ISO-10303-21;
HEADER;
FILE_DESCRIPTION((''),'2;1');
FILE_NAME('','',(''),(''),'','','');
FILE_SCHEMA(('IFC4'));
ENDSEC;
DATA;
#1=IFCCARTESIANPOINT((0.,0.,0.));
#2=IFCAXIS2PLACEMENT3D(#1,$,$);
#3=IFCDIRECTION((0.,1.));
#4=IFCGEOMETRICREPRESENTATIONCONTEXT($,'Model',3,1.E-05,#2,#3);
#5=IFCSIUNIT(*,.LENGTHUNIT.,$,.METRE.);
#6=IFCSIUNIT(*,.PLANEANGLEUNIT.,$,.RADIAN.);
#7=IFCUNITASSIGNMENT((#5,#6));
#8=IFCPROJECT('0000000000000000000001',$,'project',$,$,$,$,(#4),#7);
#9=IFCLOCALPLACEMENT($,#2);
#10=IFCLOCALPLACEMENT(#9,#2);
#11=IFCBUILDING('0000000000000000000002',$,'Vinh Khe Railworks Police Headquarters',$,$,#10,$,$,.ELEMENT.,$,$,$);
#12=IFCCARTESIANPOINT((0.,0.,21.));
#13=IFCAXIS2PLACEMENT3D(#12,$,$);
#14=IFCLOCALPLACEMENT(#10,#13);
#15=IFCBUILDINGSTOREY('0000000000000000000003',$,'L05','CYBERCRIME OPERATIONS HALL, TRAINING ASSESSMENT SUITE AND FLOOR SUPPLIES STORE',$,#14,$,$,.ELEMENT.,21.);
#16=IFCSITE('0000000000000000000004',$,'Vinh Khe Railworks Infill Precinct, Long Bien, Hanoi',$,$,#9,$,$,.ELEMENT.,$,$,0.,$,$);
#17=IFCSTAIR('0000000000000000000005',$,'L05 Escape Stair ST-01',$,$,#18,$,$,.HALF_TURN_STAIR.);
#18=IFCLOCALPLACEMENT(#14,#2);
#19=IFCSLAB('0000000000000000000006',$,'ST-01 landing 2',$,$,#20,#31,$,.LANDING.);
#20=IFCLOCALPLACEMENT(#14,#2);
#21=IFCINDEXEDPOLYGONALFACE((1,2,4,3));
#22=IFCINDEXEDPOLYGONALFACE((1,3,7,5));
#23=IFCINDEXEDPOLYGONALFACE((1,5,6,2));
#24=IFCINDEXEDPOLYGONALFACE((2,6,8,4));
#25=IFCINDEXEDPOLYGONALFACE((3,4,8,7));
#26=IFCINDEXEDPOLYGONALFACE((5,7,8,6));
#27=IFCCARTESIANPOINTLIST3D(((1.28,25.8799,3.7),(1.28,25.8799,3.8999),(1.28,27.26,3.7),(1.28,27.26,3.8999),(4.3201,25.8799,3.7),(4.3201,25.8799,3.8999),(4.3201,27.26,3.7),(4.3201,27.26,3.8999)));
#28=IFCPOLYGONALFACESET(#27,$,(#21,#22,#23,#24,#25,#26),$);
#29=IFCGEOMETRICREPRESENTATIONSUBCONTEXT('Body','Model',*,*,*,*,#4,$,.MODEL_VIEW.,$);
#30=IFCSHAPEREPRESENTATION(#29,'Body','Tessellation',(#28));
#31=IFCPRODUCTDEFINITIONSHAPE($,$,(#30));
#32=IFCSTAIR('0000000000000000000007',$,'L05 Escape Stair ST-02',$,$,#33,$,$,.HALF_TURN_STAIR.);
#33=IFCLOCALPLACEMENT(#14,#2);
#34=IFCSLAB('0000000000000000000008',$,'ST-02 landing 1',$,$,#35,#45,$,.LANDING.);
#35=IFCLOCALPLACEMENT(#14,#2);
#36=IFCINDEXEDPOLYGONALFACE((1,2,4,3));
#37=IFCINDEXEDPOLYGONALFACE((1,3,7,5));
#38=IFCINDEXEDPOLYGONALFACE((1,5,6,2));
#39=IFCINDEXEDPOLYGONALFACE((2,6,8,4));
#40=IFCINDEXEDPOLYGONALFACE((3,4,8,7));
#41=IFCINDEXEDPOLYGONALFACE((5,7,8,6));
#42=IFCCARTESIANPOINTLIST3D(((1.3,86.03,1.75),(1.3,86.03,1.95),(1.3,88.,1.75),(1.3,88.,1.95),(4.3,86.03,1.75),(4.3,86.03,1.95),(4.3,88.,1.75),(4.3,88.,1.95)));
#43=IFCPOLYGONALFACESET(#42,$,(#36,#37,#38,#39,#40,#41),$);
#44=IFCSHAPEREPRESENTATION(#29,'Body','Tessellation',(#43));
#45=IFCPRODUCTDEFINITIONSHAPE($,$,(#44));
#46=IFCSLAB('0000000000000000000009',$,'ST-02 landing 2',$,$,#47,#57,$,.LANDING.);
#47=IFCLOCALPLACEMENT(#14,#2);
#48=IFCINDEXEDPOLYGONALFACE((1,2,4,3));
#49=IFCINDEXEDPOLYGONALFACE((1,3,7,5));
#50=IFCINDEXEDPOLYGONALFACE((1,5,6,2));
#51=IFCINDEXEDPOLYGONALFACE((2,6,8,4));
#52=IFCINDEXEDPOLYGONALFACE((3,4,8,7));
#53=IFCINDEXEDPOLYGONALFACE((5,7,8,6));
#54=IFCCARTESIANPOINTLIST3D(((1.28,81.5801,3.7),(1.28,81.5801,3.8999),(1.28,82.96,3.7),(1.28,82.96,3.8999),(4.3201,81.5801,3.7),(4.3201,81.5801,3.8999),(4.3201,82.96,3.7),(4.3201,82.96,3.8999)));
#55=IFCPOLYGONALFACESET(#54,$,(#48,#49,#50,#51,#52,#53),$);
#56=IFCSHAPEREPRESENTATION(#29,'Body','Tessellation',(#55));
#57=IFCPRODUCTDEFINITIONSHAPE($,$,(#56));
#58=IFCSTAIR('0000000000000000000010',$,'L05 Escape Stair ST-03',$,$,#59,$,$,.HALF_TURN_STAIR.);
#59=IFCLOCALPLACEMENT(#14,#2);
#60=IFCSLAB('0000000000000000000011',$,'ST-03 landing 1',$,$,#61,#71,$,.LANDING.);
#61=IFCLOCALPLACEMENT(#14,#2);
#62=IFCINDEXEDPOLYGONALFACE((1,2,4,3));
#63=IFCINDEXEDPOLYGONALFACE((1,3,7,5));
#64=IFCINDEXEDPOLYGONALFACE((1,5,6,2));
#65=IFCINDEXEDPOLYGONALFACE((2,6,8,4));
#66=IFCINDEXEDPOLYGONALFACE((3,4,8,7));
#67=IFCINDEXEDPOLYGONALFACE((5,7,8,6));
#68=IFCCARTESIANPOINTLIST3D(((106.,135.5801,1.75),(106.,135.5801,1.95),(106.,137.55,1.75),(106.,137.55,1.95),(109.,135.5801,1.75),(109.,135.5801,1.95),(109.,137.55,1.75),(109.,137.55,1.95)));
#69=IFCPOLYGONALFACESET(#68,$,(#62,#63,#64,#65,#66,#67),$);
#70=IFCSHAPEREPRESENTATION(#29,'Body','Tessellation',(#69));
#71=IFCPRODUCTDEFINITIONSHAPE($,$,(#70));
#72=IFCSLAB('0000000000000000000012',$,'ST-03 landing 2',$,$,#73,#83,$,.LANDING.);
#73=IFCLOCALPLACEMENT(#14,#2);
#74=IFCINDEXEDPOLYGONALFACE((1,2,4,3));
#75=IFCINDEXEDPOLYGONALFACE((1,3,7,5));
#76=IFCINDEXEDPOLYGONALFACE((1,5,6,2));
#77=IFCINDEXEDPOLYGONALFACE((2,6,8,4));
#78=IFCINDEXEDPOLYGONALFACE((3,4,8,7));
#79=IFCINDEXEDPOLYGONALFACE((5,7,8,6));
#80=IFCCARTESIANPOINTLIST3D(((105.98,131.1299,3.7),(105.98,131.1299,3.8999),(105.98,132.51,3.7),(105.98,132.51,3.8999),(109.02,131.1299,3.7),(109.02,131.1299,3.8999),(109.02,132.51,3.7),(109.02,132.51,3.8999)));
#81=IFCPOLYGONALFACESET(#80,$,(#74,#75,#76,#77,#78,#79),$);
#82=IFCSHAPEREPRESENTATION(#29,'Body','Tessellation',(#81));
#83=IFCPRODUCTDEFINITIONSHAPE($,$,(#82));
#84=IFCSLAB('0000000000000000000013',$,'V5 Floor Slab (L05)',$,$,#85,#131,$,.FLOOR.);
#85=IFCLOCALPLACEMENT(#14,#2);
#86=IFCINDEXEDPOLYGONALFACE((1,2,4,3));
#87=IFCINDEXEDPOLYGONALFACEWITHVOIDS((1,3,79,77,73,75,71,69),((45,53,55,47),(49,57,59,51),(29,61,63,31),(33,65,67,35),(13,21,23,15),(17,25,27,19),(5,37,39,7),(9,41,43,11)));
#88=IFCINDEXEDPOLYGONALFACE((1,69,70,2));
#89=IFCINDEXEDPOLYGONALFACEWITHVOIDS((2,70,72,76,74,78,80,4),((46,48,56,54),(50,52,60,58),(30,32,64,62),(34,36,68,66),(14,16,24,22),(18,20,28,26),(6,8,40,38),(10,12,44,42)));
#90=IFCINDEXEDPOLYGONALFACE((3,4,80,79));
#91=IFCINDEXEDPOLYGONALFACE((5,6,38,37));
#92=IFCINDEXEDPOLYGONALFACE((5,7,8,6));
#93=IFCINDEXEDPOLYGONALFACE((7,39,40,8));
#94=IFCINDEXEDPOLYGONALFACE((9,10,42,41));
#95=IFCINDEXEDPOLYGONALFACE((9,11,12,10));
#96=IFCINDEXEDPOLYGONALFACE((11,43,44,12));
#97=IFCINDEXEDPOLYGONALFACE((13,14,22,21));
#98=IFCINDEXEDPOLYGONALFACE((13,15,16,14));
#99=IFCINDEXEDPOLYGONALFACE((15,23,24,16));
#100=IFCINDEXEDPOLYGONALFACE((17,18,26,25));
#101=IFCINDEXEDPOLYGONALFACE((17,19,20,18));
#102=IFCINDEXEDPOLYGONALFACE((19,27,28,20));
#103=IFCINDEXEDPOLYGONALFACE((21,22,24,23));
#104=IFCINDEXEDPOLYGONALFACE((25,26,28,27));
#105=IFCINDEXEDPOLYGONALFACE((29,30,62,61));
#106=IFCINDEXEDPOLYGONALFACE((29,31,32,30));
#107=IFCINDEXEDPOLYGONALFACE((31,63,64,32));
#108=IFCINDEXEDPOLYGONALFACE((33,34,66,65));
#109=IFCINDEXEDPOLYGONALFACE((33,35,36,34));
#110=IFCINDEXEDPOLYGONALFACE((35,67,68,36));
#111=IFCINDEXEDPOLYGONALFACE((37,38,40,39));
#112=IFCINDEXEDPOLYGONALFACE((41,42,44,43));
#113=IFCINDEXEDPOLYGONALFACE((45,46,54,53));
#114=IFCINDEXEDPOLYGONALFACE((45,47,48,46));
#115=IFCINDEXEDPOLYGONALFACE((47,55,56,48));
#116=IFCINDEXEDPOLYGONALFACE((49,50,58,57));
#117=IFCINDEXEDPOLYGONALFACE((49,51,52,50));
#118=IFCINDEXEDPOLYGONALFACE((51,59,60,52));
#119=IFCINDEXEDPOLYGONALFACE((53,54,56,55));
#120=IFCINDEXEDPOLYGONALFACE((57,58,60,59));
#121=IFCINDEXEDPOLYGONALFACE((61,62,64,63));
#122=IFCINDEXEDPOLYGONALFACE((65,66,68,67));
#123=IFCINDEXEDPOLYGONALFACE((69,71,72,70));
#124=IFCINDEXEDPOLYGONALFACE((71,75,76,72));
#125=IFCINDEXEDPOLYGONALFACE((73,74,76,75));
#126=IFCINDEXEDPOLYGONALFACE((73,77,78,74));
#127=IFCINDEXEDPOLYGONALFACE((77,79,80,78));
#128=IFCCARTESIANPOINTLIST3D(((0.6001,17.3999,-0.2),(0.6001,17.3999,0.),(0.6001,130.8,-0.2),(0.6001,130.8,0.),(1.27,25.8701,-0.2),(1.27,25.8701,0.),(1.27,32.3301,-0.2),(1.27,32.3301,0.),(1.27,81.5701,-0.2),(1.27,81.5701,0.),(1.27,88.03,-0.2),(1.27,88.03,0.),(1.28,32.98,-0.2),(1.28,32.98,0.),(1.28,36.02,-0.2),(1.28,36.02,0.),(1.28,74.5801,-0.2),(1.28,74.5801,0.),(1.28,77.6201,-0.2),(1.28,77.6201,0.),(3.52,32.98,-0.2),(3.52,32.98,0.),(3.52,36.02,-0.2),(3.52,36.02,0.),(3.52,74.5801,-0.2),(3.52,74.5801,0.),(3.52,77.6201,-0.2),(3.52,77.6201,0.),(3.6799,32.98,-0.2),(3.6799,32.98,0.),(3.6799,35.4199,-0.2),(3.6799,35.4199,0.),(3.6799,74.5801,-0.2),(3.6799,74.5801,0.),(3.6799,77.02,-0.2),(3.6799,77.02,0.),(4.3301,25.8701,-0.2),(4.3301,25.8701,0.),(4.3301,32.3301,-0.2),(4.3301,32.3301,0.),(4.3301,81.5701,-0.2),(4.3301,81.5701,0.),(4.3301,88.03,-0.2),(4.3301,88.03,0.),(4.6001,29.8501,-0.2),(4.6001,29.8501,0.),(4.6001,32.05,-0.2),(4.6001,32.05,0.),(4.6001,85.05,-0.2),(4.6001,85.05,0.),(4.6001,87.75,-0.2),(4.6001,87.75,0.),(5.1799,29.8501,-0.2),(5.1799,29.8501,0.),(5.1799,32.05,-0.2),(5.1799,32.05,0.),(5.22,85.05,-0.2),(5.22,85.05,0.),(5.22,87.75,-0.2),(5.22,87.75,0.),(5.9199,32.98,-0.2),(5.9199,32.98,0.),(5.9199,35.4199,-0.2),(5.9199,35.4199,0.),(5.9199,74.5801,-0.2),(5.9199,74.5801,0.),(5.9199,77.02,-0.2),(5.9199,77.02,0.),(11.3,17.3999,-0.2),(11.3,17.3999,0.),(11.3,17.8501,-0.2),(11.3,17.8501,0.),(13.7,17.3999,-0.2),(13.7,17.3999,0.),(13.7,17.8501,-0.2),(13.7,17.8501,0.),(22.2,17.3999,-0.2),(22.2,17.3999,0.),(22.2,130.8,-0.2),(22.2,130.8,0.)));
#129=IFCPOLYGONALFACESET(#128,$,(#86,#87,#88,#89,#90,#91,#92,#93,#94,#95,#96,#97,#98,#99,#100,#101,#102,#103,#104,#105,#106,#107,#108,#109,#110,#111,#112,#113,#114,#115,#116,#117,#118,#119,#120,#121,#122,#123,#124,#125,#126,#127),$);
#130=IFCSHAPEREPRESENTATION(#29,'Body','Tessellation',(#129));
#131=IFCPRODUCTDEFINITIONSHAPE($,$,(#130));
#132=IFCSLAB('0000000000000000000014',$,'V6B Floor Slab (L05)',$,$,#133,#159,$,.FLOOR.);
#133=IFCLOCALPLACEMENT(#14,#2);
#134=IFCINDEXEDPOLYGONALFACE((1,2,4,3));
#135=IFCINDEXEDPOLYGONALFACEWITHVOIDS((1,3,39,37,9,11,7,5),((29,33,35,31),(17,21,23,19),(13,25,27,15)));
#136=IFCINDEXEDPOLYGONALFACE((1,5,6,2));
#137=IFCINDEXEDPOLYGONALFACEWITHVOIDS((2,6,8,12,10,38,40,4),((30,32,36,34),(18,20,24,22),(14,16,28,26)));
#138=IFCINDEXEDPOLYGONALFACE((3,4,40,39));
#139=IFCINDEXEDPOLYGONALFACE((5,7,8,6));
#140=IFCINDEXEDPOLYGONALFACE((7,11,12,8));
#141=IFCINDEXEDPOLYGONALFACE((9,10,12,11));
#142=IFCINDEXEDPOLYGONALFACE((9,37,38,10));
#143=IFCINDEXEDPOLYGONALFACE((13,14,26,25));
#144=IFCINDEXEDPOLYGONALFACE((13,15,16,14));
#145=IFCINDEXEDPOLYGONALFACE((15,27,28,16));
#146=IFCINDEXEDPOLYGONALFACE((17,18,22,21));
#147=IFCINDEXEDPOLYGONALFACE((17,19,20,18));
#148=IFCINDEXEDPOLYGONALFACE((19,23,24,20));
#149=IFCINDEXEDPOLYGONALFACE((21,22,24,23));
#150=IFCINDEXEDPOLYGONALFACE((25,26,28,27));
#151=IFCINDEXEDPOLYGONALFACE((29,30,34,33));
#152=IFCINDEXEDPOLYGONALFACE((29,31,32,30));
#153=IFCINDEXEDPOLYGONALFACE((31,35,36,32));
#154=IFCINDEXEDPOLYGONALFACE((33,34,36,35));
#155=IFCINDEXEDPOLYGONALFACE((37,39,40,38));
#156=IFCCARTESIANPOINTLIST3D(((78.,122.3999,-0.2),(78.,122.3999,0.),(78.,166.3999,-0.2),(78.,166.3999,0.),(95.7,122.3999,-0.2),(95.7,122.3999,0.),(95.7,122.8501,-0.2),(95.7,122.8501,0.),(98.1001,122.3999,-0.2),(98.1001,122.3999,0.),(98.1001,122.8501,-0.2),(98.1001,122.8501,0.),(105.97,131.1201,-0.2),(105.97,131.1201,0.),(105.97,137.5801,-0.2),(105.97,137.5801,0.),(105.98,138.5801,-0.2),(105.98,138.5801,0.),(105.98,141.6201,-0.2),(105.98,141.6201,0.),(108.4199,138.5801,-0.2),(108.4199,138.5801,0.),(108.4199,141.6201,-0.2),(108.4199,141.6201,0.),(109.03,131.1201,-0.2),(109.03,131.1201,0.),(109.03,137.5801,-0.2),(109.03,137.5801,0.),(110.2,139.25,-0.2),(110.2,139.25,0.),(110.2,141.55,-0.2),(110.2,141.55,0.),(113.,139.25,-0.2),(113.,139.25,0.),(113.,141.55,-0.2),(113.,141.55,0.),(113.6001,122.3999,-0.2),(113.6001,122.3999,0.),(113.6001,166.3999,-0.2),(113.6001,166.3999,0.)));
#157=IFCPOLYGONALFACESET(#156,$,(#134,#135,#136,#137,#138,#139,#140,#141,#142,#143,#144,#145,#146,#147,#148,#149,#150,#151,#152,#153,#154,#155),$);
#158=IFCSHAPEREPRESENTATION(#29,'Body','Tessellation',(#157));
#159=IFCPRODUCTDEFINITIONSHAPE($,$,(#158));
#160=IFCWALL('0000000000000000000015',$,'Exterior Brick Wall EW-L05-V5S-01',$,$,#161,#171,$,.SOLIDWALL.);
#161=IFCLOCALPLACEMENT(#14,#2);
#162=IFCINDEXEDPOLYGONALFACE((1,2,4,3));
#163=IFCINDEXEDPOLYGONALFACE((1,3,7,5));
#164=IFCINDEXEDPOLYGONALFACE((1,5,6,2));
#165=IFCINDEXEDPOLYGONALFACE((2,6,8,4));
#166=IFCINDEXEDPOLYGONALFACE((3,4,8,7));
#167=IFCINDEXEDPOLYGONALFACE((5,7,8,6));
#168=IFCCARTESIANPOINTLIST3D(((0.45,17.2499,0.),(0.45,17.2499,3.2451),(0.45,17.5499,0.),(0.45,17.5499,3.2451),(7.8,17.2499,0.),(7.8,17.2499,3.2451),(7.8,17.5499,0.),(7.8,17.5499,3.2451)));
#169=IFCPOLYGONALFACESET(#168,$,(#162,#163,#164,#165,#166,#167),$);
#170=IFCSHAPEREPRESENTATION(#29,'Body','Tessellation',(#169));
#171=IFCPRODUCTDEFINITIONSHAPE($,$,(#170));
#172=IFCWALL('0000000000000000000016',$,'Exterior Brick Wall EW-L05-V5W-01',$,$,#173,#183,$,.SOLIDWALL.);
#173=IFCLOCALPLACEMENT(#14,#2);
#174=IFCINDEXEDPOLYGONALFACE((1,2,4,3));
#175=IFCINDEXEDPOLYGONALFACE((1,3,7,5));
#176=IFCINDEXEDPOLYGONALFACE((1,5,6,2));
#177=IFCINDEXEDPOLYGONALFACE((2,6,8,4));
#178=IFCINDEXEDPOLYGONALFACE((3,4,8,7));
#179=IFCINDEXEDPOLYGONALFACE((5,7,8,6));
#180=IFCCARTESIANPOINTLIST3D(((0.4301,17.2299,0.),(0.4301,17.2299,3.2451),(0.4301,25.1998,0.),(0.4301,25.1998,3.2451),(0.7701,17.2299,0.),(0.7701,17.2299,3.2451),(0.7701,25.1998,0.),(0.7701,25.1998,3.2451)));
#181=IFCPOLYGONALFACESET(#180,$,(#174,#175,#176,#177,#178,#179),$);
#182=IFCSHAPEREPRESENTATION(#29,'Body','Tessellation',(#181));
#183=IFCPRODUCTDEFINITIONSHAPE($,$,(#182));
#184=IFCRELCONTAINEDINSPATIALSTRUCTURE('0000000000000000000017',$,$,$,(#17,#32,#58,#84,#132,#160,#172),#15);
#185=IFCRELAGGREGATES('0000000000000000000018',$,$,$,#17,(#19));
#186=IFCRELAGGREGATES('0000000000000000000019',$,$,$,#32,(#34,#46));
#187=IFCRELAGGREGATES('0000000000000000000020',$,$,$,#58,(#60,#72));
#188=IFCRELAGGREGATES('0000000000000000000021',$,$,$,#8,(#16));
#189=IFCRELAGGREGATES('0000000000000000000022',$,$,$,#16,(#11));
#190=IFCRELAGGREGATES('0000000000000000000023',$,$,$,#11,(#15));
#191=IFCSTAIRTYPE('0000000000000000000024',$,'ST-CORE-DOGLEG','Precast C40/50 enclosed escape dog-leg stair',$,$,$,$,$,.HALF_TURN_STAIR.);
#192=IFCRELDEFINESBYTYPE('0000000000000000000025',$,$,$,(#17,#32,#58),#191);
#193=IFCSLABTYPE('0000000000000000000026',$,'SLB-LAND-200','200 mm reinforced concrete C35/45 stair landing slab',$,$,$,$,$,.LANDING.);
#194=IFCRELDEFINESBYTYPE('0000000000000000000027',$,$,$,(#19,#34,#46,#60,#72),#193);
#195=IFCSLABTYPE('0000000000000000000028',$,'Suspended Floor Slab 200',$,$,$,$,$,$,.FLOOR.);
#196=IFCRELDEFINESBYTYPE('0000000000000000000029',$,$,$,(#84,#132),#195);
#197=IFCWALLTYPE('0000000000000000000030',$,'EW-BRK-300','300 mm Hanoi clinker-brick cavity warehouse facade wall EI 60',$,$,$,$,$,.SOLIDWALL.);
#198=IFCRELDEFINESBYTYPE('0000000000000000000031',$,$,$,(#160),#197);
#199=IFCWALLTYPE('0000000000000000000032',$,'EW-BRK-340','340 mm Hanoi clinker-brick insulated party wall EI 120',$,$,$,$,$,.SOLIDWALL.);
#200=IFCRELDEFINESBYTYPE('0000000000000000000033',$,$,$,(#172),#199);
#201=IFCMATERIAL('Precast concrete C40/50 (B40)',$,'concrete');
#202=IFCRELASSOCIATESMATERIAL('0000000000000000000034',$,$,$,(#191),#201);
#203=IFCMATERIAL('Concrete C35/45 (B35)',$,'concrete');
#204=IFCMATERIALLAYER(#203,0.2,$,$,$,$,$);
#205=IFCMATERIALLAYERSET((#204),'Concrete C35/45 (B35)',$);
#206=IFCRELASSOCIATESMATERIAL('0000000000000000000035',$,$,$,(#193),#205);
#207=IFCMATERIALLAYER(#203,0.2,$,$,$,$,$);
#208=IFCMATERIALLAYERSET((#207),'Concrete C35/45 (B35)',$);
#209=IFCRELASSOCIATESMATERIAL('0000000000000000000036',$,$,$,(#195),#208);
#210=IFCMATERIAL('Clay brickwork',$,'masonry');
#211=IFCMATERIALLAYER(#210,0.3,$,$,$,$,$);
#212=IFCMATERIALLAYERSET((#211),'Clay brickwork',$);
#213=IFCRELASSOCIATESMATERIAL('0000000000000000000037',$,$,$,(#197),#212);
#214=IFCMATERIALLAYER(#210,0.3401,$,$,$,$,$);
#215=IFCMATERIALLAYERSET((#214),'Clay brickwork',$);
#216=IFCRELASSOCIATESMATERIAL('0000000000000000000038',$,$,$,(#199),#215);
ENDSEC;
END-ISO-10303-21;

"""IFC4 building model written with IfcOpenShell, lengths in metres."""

from ifc_helpers import new_model, si_unit, direction, frame, frame_2d, origin, place, context, subcontext, project, spatial, polyline, rectangle, outline, extrude, material, layer, layer_set, type_object, element, aggregate, save


model = new_model("IFC4")

# Units and contexts
model_context = context("Model", 3, precision=1e-05, world=origin(), true_north=direction((0.0, 1.0)))
body_context = subcontext(model_context, "Body", "Model", "MODEL_VIEW")
ifc_project = project(units=[si_unit("LENGTHUNIT", "METRE"), si_unit("PLANEANGLEUNIT", "RADIAN")], contexts=[model_context])

# Site, building, storey
site_placement = place(None, origin())
site = spatial("IfcSite", under=ifc_project, at=site_placement, Name="Vinh Khe Railworks Infill Precinct, Long Bien, Hanoi", CompositionType="ELEMENT", RefElevation=0.0)
building_placement = place(site_placement, origin())
building = spatial("IfcBuilding", under=site, at=building_placement, Name="Vinh Khe Railworks Police Headquarters", CompositionType="ELEMENT")
storey_placement = place(building_placement, frame((0.0, 0.0, 21.0)))
storey = spatial("IfcBuildingStorey", under=building, at=storey_placement, Name="L05", Description="CYBERCRIME OPERATIONS HALL, TRAINING ASSESSMENT SUITE AND FLOOR SUPPLIES STORE", CompositionType="ELEMENT", Elevation=21.0)

# Shared definitions
ifc_material_1 = material(Name="Concrete C35/45 (B35)", Category="concrete")

# Stairs, slabs
ifc_material_2 = material(Name="Precast concrete C40/50 (B40)", Category="concrete")
stair_type = type_object("IfcStairType", Name="ST-CORE-DOGLEG", Description="Precast C40/50 enclosed escape dog-leg stair", PredefinedType="HALF_TURN_STAIR", material=ifc_material_2)
stair_1_placement = place(storey_placement, origin())
stair_1 = element("IfcStair", 1, at=stair_1_placement, inside=storey, type_object=stair_type, Name="L05 Escape Stair ST-01", PredefinedType="HALF_TURN_STAIR")
ifc_layer_1 = layer(ifc_material_1, 0.2)
ifc_layer_set_1 = layer_set([ifc_layer_1], Name="Concrete C35/45 (B35)")
slab_type_1 = type_object("IfcSlabType", Name="SLB-LAND-200", Description="200 mm reinforced concrete C35/45 stair landing slab", PredefinedType="LANDING", material=ifc_layer_set_1)
slab_1_placement = place(storey_placement, frame((0.0, 0.0, 3.7)))
slab_1 = element("IfcSlab", 2, at=slab_1_placement, type_object=slab_type_1, Name="ST-01 landing 2", PredefinedType="LANDING", context=body_context, shape_type="SweptSolid", body=[
    extrude(outline(polyline([(1.28, 25.8799), (4.3201, 25.8799), (4.3201, 27.26), (1.28, 27.26), (1.28, 25.8799)])), origin(), (0.0, 0.0, 1.0), 0.2),
])
aggregate(stair_1, [slab_1])
stair_2_placement = place(storey_placement, origin())
stair_2 = element("IfcStair", 3, at=stair_2_placement, inside=storey, type_object=stair_type, Name="L05 Escape Stair ST-02", PredefinedType="HALF_TURN_STAIR")
slab_2_placement = place(storey_placement, frame((0.0, 0.0, 1.75)))
slab_2 = element("IfcSlab", 4, at=slab_2_placement, type_object=slab_type_1, Name="ST-02 landing 1", PredefinedType="LANDING", context=body_context, shape_type="SweptSolid", body=[
    extrude(outline(polyline([(4.3, 86.03), (4.3, 88.0), (1.3, 88.0), (1.3, 86.03), (4.3, 86.03)])), origin(), (0.0, 0.0, 1.0), 0.2),
])
slab_3_placement = place(storey_placement, frame((0.0, 0.0, 3.7)))
slab_3 = element("IfcSlab", 5, at=slab_3_placement, type_object=slab_type_1, Name="ST-02 landing 2", PredefinedType="LANDING", context=body_context, shape_type="SweptSolid", body=[
    extrude(outline(polyline([(1.28, 81.5801), (4.3201, 81.5801), (4.3201, 82.96), (1.28, 82.96), (1.28, 81.5801)])), origin(), (0.0, 0.0, 1.0), 0.2),
])
aggregate(stair_2, [slab_2, slab_3])
stair_3_placement = place(storey_placement, origin())
stair_3 = element("IfcStair", 6, at=stair_3_placement, inside=storey, type_object=stair_type, Name="L05 Escape Stair ST-03", PredefinedType="HALF_TURN_STAIR")
slab_4_placement = place(storey_placement, frame((0.0, 0.0, 1.75)))
slab_4 = element("IfcSlab", 7, at=slab_4_placement, type_object=slab_type_1, Name="ST-03 landing 1", PredefinedType="LANDING", context=body_context, shape_type="SweptSolid", body=[
    extrude(outline(polyline([(109.0, 135.5801), (109.0, 137.55), (106.0, 137.55), (106.0, 135.5801), (109.0, 135.5801)])), origin(), (0.0, 0.0, 1.0), 0.2),
])
slab_5_placement = place(storey_placement, frame((0.0, 0.0, 3.7)))
slab_5 = element("IfcSlab", 8, at=slab_5_placement, type_object=slab_type_1, Name="ST-03 landing 2", PredefinedType="LANDING", context=body_context, shape_type="SweptSolid", body=[
    extrude(outline(polyline([(105.98, 131.1299), (109.02, 131.1299), (109.02, 132.51), (105.98, 132.51), (105.98, 131.1299)])), origin(), (0.0, 0.0, 1.0), 0.2),
])
aggregate(stair_3, [slab_4, slab_5])

# Slabs
ifc_layer_2 = layer(ifc_material_1, 0.2)
ifc_layer_set_2 = layer_set([ifc_layer_2], Name="Concrete C35/45 (B35)")
slab_type_2 = type_object("IfcSlabType", Name="Suspended Floor Slab 200", PredefinedType="FLOOR", material=ifc_layer_set_2)
slab_6_placement = place(storey_placement, frame((0.0, 0.0, -0.2)))
element("IfcSlab", 9, at=slab_6_placement, inside=storey, type_object=slab_type_2, Name="V5 Floor Slab (L05)", PredefinedType="FLOOR", context=body_context, shape_type="SweptSolid", body=[
    extrude(outline(polyline([(0.6001, 17.3999), (11.3, 17.3999), (11.3, 17.8501), (13.7, 17.8501), (13.7, 17.3999), (22.2, 17.3999), (22.2, 130.8), (0.6001, 130.8), (0.6001, 17.3999)]), holes=[polyline([(1.27, 25.8701), (4.3301, 25.8701), (4.3301, 32.3301), (1.27, 32.3301), (1.27, 25.8701)]), polyline([(1.28, 32.98), (3.52, 32.98), (3.52, 36.02), (1.28, 36.02), (1.28, 32.98)]), polyline([(3.6799, 32.98), (5.9199, 32.98), (5.9199, 35.4199), (3.6799, 35.4199), (3.6799, 32.98)]), polyline([(1.27, 81.5701), (4.3301, 81.5701), (4.3301, 88.03), (1.27, 88.03), (1.27, 81.5701)]), polyline([(1.28, 74.5801), (3.52, 74.5801), (3.52, 77.6201), (1.28, 77.6201), (1.28, 74.5801)]), polyline([(3.6799, 74.5801), (5.9199, 74.5801), (5.9199, 77.02), (3.6799, 77.02), (3.6799, 74.5801)]), polyline([(4.6001, 29.8501), (5.1799, 29.8501), (5.1799, 32.05), (4.6001, 32.05), (4.6001, 29.8501)]), polyline([(4.6001, 85.05), (5.22, 85.05), (5.22, 87.75), (4.6001, 87.75), (4.6001, 85.05)])]), origin(), (0.0, 0.0, 1.0), 0.2),
])
slab_7_placement = place(storey_placement, frame((0.0, 0.0, -0.2)))
element("IfcSlab", 10, at=slab_7_placement, inside=storey, type_object=slab_type_2, Name="V6B Floor Slab (L05)", PredefinedType="FLOOR", context=body_context, shape_type="SweptSolid", body=[
    extrude(outline(polyline([(78.0, 122.3999), (95.7, 122.3999), (95.7, 122.8501), (98.1001, 122.8501), (98.1001, 122.3999), (113.6001, 122.3999), (113.6001, 166.3999), (78.0, 166.3999), (78.0, 122.3999)]), holes=[polyline([(105.97, 131.1201), (109.03, 131.1201), (109.03, 137.5801), (105.97, 137.5801), (105.97, 131.1201)]), polyline([(105.98, 138.5801), (108.4199, 138.5801), (108.4199, 141.6201), (105.98, 141.6201), (105.98, 138.5801)]), polyline([(110.2, 139.25), (113.0, 139.25), (113.0, 141.55), (110.2, 141.55), (110.2, 139.25)])]), origin(), (0.0, 0.0, 1.0), 0.2),
])

# Walls
ifc_material_3 = material(Name="Clay brickwork", Category="masonry")
ifc_layer_3 = layer(ifc_material_3, 0.3)
ifc_layer_set_3 = layer_set([ifc_layer_3], Name="Clay brickwork")
wall_type_1 = type_object("IfcWallType", Name="EW-BRK-300", Description="300 mm Hanoi clinker-brick cavity warehouse facade wall EI 60", PredefinedType="SOLIDWALL", material=ifc_layer_set_3)
wall_1_placement = place(storey_placement, frame((0.45, 17.3999, 0.0), z_axis=(0.0, 0.0, 1.0), x_axis=(1.0, 0.0, 0.0)))
element("IfcWall", 11, at=wall_1_placement, inside=storey, type_object=wall_type_1, Name="Exterior Brick Wall EW-L05-V5S-01", PredefinedType="SOLIDWALL", context=body_context, shape_type="SweptSolid", body=[
    extrude(rectangle(XDim=7.3501, YDim=0.3, at=frame_2d((3.675, 0.0))), origin(), (0.0, 0.0, 1.0), 3.2451),
])
ifc_layer_4 = layer(ifc_material_3, 0.3401)
ifc_layer_set_4 = layer_set([ifc_layer_4], Name="Clay brickwork")
wall_type_2 = type_object("IfcWallType", Name="EW-BRK-340", Description="340 mm Hanoi clinker-brick insulated party wall EI 120", PredefinedType="SOLIDWALL", material=ifc_layer_set_4)
wall_2_placement = place(storey_placement, frame((0.6001, 17.23, 0.0), z_axis=(0.0, 0.0, 1.0), x_axis=(0.0, 1.0, 0.0)))
element("IfcWall", 12, at=wall_2_placement, inside=storey, type_object=wall_type_2, Name="Exterior Brick Wall EW-L05-V5W-01", PredefinedType="SOLIDWALL", context=body_context, shape_type="SweptSolid", body=[
    extrude(rectangle(XDim=7.97, YDim=0.3401, at=frame_2d((3.9849, 0.0))), origin(), (0.0, 0.0, 1.0), 3.2451),
])

save(model, "model.ifc")
